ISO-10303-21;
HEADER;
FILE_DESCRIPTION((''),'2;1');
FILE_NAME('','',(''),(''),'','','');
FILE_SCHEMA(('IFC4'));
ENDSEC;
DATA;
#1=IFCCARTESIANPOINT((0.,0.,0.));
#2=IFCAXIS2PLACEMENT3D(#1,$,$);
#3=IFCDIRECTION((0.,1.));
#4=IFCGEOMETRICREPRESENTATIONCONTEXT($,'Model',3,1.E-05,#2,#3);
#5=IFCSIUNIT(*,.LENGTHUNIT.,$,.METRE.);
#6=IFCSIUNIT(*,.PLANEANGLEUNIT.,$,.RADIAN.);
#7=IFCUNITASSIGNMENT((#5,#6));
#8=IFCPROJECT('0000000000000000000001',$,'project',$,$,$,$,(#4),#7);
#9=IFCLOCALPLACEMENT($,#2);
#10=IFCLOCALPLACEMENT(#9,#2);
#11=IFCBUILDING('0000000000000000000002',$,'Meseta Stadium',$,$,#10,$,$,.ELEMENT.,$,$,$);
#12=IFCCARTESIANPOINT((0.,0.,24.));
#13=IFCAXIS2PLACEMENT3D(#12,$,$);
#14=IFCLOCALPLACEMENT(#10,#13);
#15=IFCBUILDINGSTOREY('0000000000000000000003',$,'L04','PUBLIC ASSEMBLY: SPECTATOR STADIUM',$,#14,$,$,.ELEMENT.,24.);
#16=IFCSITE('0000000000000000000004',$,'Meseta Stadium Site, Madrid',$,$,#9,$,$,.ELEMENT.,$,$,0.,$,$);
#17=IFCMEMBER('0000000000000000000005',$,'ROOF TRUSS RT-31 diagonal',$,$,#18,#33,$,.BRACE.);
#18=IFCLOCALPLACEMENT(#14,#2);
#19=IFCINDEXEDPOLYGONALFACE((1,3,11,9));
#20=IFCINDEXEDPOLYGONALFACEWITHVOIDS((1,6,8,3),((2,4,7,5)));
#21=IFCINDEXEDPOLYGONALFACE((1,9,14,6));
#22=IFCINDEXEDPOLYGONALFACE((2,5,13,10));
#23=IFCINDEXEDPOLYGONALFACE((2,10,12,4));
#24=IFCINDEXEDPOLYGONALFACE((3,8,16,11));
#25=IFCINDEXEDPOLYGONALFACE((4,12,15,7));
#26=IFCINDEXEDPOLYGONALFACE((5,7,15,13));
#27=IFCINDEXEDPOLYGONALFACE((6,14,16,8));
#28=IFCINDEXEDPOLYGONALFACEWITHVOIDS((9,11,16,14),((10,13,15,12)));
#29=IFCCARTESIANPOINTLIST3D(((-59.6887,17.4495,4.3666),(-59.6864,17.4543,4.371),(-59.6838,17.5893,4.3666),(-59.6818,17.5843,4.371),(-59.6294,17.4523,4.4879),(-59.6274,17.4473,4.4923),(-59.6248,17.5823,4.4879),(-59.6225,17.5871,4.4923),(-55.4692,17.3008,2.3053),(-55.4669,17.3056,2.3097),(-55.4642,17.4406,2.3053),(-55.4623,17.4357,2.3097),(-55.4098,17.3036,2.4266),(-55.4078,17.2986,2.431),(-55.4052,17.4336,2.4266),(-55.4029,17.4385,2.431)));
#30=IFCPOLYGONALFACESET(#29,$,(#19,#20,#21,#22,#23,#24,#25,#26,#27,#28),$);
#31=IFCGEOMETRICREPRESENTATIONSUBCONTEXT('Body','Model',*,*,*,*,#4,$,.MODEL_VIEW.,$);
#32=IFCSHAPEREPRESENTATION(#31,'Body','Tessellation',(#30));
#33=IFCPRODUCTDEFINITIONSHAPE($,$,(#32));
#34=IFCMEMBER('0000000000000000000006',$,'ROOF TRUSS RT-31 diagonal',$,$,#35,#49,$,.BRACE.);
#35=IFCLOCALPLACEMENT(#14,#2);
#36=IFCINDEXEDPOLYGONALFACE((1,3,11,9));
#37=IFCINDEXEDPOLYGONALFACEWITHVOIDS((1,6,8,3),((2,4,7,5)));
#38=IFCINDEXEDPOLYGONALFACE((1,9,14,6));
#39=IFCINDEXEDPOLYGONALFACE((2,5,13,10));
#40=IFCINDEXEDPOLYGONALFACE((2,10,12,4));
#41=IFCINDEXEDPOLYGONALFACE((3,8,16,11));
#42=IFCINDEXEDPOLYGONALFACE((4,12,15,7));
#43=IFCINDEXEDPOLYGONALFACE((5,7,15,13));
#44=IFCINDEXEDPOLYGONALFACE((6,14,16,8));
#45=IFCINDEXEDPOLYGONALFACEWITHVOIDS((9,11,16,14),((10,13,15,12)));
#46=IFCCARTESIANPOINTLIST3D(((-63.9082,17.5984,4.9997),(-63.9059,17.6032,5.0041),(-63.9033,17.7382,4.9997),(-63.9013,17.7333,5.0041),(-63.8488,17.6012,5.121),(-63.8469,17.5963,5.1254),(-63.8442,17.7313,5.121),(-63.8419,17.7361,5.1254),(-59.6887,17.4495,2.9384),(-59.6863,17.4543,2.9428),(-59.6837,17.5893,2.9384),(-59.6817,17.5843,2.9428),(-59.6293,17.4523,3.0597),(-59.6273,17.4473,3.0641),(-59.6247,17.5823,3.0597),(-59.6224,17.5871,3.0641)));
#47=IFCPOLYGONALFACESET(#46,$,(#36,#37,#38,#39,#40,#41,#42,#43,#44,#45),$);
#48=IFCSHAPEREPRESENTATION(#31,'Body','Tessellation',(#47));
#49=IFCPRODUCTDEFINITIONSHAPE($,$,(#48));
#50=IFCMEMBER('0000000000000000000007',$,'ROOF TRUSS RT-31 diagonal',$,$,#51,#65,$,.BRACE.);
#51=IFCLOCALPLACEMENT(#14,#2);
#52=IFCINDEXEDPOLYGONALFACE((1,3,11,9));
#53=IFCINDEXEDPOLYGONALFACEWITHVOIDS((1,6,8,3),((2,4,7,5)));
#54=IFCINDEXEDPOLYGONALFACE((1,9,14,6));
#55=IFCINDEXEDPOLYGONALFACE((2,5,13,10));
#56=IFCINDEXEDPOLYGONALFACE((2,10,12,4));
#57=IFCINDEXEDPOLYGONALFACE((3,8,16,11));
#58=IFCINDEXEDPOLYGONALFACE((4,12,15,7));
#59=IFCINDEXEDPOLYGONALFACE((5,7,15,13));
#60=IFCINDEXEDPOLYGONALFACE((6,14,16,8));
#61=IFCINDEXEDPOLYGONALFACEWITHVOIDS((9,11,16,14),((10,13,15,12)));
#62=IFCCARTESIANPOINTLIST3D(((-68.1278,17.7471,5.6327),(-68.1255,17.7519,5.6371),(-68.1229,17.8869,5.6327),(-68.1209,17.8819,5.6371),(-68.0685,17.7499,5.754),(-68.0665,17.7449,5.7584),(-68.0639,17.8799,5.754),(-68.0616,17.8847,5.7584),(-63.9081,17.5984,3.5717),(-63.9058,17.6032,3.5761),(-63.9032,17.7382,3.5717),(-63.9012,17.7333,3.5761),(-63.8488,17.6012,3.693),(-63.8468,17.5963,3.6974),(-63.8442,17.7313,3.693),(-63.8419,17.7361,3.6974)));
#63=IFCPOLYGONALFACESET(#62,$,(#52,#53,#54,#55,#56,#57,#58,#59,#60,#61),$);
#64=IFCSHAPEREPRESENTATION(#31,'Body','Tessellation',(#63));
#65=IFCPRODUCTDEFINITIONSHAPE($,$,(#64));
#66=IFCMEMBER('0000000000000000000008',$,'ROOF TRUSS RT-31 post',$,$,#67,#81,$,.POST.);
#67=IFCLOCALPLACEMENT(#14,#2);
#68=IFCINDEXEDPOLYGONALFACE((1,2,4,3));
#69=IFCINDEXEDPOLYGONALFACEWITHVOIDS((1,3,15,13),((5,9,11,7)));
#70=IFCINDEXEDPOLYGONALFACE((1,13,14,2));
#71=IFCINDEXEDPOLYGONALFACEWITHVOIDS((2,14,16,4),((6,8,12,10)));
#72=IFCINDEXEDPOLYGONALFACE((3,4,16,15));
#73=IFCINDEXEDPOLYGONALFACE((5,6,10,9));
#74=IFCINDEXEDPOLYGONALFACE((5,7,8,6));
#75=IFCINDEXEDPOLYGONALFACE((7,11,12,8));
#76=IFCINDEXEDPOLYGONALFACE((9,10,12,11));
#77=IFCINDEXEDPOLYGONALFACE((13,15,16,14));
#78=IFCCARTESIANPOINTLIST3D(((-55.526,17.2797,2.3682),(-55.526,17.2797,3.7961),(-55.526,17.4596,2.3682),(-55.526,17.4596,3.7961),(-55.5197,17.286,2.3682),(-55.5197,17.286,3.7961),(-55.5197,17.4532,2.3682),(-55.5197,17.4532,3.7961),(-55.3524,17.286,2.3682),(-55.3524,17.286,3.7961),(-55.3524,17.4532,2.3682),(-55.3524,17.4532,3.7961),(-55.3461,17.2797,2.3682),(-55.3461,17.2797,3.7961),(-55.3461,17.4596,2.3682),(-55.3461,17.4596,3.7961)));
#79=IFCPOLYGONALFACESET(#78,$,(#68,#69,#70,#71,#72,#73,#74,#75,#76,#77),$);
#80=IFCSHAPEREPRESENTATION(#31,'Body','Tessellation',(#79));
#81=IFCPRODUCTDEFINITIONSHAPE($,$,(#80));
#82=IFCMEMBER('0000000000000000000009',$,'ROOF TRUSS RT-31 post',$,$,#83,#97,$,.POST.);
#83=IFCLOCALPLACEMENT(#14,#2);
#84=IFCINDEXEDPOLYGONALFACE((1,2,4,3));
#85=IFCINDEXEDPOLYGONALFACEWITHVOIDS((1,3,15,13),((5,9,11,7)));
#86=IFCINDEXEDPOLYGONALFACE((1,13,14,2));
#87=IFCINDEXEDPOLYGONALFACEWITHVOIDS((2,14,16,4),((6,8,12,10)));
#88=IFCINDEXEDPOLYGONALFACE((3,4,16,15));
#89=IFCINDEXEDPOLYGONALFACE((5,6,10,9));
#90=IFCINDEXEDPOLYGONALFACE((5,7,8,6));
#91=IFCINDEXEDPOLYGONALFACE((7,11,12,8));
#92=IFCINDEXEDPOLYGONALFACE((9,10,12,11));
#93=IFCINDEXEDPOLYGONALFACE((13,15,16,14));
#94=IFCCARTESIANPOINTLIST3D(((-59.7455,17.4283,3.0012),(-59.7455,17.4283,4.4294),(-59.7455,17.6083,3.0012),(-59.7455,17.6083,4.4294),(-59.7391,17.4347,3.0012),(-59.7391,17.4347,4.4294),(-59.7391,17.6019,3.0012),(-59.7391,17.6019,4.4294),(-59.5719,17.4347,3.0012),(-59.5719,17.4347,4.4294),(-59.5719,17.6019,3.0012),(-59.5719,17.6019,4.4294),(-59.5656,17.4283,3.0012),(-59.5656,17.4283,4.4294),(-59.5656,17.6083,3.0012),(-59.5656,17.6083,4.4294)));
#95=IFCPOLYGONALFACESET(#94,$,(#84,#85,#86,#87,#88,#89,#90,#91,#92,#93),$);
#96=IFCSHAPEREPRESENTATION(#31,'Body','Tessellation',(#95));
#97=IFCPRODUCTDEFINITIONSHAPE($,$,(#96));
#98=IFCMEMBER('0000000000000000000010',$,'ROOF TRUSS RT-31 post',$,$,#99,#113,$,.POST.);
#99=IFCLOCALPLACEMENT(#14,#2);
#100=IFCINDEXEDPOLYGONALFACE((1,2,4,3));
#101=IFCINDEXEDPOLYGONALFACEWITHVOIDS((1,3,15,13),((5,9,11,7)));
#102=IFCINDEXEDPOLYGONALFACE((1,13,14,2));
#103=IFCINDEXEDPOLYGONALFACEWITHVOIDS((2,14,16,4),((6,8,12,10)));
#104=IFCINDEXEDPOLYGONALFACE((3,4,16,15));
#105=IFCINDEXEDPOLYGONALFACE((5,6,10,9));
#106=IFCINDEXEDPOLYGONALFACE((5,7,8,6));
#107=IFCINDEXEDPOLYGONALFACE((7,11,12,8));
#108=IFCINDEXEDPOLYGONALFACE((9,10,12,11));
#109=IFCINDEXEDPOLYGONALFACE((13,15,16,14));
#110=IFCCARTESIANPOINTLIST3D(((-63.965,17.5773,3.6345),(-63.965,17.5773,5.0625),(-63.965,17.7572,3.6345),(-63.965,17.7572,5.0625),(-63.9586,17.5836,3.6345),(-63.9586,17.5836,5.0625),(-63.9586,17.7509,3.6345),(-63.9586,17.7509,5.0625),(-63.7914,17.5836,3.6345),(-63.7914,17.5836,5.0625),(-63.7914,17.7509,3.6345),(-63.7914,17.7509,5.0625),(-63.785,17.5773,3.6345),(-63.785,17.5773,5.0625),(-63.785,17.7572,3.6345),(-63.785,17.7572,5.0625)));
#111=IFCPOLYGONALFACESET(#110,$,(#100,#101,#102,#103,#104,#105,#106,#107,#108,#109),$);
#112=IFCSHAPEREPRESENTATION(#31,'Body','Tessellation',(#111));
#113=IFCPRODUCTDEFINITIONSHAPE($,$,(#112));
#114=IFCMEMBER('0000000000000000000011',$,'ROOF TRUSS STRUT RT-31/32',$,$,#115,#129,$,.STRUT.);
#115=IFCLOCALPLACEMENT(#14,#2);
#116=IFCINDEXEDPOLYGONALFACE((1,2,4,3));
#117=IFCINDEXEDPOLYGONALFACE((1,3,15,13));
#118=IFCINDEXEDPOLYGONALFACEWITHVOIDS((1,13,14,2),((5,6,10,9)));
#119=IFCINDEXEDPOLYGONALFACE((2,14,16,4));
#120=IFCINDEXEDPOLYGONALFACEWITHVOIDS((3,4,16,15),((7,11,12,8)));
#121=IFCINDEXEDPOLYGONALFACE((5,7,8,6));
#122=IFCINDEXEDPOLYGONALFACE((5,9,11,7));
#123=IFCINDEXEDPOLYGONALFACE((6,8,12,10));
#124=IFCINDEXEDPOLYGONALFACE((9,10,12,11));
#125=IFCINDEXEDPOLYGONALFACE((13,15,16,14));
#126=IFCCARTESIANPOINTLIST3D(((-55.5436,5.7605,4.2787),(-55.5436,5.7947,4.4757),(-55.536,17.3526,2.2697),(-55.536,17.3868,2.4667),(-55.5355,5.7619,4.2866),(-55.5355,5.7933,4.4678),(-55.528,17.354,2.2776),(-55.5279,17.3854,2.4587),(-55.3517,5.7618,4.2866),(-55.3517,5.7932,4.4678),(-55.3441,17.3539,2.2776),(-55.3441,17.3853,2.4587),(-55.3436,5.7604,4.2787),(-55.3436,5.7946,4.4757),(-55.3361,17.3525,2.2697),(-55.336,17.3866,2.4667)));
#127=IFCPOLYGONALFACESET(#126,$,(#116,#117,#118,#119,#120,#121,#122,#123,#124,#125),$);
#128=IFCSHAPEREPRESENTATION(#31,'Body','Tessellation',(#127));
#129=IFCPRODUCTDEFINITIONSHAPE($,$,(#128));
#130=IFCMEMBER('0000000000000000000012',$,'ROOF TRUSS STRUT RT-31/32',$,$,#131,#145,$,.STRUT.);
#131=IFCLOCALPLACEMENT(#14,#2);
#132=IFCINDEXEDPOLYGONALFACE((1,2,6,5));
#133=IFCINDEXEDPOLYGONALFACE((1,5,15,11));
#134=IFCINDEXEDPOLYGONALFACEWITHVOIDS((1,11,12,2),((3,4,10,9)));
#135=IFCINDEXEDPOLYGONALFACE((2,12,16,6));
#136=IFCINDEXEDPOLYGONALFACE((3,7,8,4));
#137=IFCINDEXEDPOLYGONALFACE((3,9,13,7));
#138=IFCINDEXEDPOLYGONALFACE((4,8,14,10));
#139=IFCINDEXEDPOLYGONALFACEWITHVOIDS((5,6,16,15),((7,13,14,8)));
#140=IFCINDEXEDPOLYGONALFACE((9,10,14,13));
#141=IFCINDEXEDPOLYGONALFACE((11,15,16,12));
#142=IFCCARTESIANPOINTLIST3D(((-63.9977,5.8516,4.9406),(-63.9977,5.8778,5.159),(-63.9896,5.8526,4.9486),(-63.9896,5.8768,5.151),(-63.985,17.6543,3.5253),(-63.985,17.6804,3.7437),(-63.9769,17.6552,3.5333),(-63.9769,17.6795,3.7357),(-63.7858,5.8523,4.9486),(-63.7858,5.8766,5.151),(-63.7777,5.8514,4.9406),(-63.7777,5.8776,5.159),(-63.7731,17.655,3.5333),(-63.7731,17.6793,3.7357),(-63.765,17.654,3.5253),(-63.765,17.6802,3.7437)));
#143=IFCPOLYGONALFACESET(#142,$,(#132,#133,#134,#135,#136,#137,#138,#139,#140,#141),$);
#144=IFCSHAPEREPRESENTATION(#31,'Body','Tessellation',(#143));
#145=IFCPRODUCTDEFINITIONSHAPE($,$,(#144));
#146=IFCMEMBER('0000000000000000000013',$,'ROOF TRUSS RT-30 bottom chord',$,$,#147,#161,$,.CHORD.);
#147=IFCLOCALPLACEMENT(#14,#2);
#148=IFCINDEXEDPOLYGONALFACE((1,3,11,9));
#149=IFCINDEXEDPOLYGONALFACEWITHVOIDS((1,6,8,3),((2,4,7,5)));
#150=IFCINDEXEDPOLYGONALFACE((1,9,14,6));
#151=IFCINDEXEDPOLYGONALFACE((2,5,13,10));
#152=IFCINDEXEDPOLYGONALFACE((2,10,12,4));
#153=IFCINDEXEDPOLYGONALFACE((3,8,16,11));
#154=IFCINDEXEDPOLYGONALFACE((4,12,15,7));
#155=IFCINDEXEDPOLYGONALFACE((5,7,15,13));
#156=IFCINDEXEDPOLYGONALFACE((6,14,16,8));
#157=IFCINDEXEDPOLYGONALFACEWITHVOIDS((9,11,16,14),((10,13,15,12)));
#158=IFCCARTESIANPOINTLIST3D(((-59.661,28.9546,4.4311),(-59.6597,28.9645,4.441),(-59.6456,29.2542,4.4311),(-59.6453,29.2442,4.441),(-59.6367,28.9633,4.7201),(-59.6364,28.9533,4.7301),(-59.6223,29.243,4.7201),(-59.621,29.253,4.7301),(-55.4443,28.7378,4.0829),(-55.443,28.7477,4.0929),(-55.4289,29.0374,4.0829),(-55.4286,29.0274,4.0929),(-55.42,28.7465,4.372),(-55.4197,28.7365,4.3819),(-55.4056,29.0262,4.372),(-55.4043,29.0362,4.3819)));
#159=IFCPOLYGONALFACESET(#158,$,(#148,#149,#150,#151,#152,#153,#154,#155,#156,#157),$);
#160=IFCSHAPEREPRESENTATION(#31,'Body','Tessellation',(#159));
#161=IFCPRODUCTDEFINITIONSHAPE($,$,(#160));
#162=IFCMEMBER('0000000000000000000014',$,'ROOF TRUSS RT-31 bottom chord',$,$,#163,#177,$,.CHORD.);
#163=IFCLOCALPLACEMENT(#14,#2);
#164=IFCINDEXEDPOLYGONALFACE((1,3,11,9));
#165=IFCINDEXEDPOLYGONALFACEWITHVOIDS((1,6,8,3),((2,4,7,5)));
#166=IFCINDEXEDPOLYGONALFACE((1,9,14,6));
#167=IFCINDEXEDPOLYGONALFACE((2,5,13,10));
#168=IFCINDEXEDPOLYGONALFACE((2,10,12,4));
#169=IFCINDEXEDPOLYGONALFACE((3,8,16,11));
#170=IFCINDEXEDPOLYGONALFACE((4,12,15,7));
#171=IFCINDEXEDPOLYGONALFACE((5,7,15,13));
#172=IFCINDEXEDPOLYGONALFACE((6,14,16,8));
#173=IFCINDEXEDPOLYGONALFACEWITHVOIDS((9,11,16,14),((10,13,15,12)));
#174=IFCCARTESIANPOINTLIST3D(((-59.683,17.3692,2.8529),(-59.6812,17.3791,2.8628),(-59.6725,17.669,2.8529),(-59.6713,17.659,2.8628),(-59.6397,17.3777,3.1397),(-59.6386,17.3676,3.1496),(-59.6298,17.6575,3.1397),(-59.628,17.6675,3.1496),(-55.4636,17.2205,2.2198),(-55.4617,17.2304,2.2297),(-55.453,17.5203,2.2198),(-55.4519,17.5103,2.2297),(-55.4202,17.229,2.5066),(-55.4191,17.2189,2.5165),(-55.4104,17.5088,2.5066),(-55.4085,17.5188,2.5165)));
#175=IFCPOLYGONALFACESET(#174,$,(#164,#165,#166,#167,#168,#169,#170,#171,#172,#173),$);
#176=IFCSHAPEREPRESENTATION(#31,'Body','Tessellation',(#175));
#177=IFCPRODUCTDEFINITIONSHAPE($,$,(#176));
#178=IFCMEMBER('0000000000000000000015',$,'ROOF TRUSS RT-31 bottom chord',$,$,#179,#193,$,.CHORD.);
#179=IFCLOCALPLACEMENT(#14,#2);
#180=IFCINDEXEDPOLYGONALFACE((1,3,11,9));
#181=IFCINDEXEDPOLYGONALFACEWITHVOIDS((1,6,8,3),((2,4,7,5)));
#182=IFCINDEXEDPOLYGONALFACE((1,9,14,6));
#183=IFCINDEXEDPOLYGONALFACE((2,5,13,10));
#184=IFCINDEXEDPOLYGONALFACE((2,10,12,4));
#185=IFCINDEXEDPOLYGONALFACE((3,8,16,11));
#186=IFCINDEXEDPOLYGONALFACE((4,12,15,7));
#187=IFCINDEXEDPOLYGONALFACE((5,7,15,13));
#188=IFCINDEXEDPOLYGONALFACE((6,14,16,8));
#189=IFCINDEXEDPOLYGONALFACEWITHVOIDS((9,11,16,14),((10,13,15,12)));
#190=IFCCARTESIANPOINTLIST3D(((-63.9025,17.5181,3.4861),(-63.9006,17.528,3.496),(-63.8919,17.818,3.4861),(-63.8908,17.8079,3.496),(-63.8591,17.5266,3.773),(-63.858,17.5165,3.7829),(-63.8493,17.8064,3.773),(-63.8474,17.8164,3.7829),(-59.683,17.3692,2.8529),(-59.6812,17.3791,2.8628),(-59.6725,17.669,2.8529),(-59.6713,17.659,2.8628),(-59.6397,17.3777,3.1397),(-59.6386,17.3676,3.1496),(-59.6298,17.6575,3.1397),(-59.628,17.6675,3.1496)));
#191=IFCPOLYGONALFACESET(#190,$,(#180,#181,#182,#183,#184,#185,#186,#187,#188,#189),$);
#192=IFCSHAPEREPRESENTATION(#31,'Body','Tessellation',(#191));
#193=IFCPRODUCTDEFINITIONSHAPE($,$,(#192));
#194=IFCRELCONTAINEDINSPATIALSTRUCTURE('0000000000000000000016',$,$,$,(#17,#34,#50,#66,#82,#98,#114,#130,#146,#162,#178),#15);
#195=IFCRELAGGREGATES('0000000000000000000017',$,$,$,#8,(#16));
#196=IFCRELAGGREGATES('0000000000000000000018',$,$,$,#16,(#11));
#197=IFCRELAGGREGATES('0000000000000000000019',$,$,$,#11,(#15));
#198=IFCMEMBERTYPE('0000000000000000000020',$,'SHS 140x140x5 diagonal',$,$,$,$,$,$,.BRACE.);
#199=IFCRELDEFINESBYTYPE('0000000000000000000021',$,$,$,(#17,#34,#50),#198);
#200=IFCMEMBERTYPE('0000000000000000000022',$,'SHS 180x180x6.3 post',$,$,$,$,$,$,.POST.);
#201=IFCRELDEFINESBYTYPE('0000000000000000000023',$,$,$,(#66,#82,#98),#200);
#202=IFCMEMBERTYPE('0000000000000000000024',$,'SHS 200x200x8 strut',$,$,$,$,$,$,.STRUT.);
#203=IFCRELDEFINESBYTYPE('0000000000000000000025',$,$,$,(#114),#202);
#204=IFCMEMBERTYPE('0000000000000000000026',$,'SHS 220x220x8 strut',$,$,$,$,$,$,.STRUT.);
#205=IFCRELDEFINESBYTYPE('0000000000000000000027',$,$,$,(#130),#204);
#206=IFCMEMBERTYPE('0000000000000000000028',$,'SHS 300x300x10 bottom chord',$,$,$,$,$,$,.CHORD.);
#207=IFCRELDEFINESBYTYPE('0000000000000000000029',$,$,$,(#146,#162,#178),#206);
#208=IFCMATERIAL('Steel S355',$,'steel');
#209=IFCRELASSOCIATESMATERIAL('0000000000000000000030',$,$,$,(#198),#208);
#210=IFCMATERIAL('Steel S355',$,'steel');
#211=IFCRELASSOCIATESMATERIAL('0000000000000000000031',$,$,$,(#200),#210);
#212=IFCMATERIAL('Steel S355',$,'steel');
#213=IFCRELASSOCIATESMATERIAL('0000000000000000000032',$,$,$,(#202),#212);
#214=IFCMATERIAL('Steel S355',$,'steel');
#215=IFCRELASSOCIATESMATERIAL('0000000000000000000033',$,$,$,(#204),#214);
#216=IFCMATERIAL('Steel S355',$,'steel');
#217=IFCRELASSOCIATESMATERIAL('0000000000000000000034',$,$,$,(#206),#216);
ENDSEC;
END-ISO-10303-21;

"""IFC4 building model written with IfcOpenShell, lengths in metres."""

from ifc_helpers import new_model, si_unit, direction, frame, origin, origin_2d, place, context, subcontext, project, spatial, hollow_rectangle, extrude, material, material_profile, profile_set, type_object, element, save


model = new_model("IFC4")

# Units and contexts
model_context = context("Model", 3, precision=1e-05, world=origin(), true_north=direction((0.0, 1.0)))
body_context = subcontext(model_context, "Body", "Model", "MODEL_VIEW")
ifc_project = project(units=[si_unit("LENGTHUNIT", "METRE"), si_unit("PLANEANGLEUNIT", "RADIAN")], contexts=[model_context])

# Site, building, storey
site_placement = place(None, origin())
site = spatial("IfcSite", under=ifc_project, at=site_placement, Name="Meseta Stadium Site, Madrid", CompositionType="ELEMENT", RefElevation=0.0)
building_placement = place(site_placement, origin())
building = spatial("IfcBuilding", under=site, at=building_placement, Name="Meseta Stadium", CompositionType="ELEMENT")
storey_placement = place(building_placement, frame((0.0, 0.0, 24.0)))
storey = spatial("IfcBuildingStorey", under=building, at=storey_placement, Name="L04", Description="PUBLIC ASSEMBLY: SPECTATOR STADIUM", CompositionType="ELEMENT", Elevation=24.0)

# Members
ifc_material_1 = material(Name="Steel S355", Category="steel")
ifc_material_profile_1 = material_profile(ifc_material_1, hollow_rectangle(XDim=0.1399, YDim=0.1399, WallThickness=0.0049, at=origin_2d()), Name="SHS 140x140x5")
ifc_profile_set_1 = profile_set([ifc_material_profile_1], Name="Steel S355")
member_type_1 = type_object("IfcMemberType", Name="SHS 140x140x5 diagonal", PredefinedType="BRACE", material=ifc_profile_set_1)
for number, where, z_axis, x_axis, name in (
    (1, (-55.436, 17.3696, 2.3682), (-0.898067, 0.031645, 0.438719), (-0.035215, -0.99938, 0.0), "ROOF TRUSS RT-31 diagonal"),
    (2, (-59.6555, 17.5183, 3.0012), (-0.898065, 0.031697, 0.438718), (-0.035273, -0.999378, 0.0), "ROOF TRUSS RT-31 diagonal"),
    (3, (-63.875, 17.6672, 3.6345), (-0.898097, 0.031644, 0.438657), (-0.035213, -0.99938, 0.0), "ROOF TRUSS RT-31 diagonal"),
):
    element("IfcMember", number, at=place(storey_placement, frame(where, z_axis=z_axis, x_axis=x_axis)), inside=storey, type_object=member_type_1, Name=name, PredefinedType="BRACE", context=body_context, shape_type="SweptSolid", body=[
        extrude(hollow_rectangle(XDim=0.1399, YDim=0.1399, WallThickness=0.0049, at=origin_2d()), origin(), (0.0, 0.0, 1.0), 4.6985),
    ])
ifc_material_2 = material(Name="Steel S355", Category="steel")
ifc_material_profile_2 = material_profile(ifc_material_2, hollow_rectangle(XDim=0.1799, YDim=0.1799, WallThickness=0.0063, at=origin_2d()), Name="SHS 180x180x6.3")
ifc_profile_set_2 = profile_set([ifc_material_profile_2], Name="Steel S355")
member_type_2 = type_object("IfcMemberType", Name="SHS 180x180x6.3 post", PredefinedType="POST", material=ifc_profile_set_2)
member_1_placement = place(storey_placement, frame((-55.436, 17.3696, 2.3682), z_axis=(0.0, 0.0, 1.0), x_axis=(1.0, 0.0, 0.0)))
element("IfcMember", 4, at=member_1_placement, inside=storey, type_object=member_type_2, Name="ROOF TRUSS RT-31 post", PredefinedType="POST", context=body_context, shape_type="SweptSolid", body=[
    extrude(hollow_rectangle(XDim=0.1799, YDim=0.1799, WallThickness=0.0063, at=origin_2d()), origin(), (0.0, 0.0, 1.0), 1.428),
])
member_2_placement = place(storey_placement, frame((-59.6555, 17.5183, 3.0012), z_axis=(0.0, 0.0, 1.0), x_axis=(1.0, 0.0, 0.0)))
element("IfcMember", 5, at=member_2_placement, inside=storey, type_object=member_type_2, Name="ROOF TRUSS RT-31 post", PredefinedType="POST", context=body_context, shape_type="SweptSolid", body=[
    extrude(hollow_rectangle(XDim=0.1799, YDim=0.1799, WallThickness=0.0063, at=origin_2d()), origin(), (0.0, 0.0, 1.0), 1.4282),
])
member_3_placement = place(storey_placement, frame((-63.875, 17.6672, 3.6345), z_axis=(0.0, 0.0, 1.0), x_axis=(1.0, 0.0, 0.0)))
element("IfcMember", 6, at=member_3_placement, inside=storey, type_object=member_type_2, Name="ROOF TRUSS RT-31 post", PredefinedType="POST", context=body_context, shape_type="SweptSolid", body=[
    extrude(hollow_rectangle(XDim=0.1799, YDim=0.1799, WallThickness=0.0063, at=origin_2d()), origin(), (0.0, 0.0, 1.0), 1.428),
])
ifc_material_3 = material(Name="Steel S355", Category="steel")
ifc_material_profile_3 = material_profile(ifc_material_3, hollow_rectangle(XDim=0.2, YDim=0.2, WallThickness=0.0081, at=origin_2d()), Name="SHS 200x200x8")
ifc_profile_set_3 = profile_set([ifc_material_profile_3], Name="Steel S355")
member_type_3 = type_object("IfcMemberType", Name="SHS 200x200x8 strut", PredefinedType="STRUT", material=ifc_profile_set_3)
member_4_placement = place(storey_placement, frame((-55.436, 17.3696, 2.3682), z_axis=(-0.000643, -0.985311, 0.170766), x_axis=(1.0, -0.000653, 0.0)))
element("IfcMember", 7, at=member_4_placement, inside=storey, type_object=member_type_3, Name="ROOF TRUSS STRUT RT-31/32", PredefinedType="STRUT", context=body_context, shape_type="SweptSolid", body=[
    extrude(hollow_rectangle(XDim=0.2, YDim=0.2, WallThickness=0.0081, at=origin_2d()), origin(), (0.0, 0.0, 1.0), 11.7649),
])
ifc_material_4 = material(Name="Steel S355", Category="steel")
ifc_material_profile_4 = material_profile(ifc_material_4, hollow_rectangle(XDim=0.22, YDim=0.22, WallThickness=0.0081, at=origin_2d()), Name="SHS 220x220x8")
ifc_profile_set_4 = profile_set([ifc_material_profile_4], Name="Steel S355")
member_type_4 = type_object("IfcMemberType", Name="SHS 220x220x8 strut", PredefinedType="STRUT", material=ifc_profile_set_4)
member_5_placement = place(storey_placement, frame((-63.875, 17.6672, 3.6345), z_axis=(-0.001068, -0.992887, 0.119058), x_axis=(0.999999, -0.001076, 0.0)))
element("IfcMember", 8, at=member_5_placement, inside=storey, type_object=member_type_4, Name="ROOF TRUSS STRUT RT-31/32", PredefinedType="STRUT", context=body_context, shape_type="SweptSolid", body=[
    extrude(hollow_rectangle(XDim=0.22, YDim=0.22, WallThickness=0.0081, at=origin_2d()), origin(), (0.0, 0.0, 1.0), 11.8872),
])
ifc_material_5 = material(Name="Steel S355", Category="steel")
ifc_material_profile_5 = material_profile(ifc_material_5, hollow_rectangle(XDim=0.3, YDim=0.3, WallThickness=0.01, at=origin_2d()), Name="SHS 300x300x10")
ifc_profile_set_5 = profile_set([ifc_material_profile_5], Name="Steel S355")
member_type_5 = type_object("IfcMemberType", Name="SHS 300x300x10 bottom chord", PredefinedType="CHORD", material=ifc_profile_set_5)
member_6_placement = place(storey_placement, frame((-55.4243, 28.887, 4.2324), z_axis=(-0.995303, 0.051174, 0.082178), x_axis=(-0.051348, -0.998681, 0.0)))
element("IfcMember", 9, at=member_6_placement, inside=storey, type_object=member_type_5, Name="ROOF TRUSS RT-30 bottom chord", PredefinedType="CHORD", context=body_context, shape_type="SweptSolid", body=[
    extrude(hollow_rectangle(XDim=0.3, YDim=0.3, WallThickness=0.01, at=origin_2d()), origin(), (0.0, 0.0, 1.0), 4.2366),
])
for number, where, z_axis, x_axis, name in (
    (10, (-55.436, 17.3696, 2.3682), (-0.988332, 0.034826, 0.148281), (-0.035215, -0.99938, 0.0), "ROOF TRUSS RT-31 bottom chord"),
    (11, (-59.6555, 17.5183, 3.0012), (-0.988321, 0.034883, 0.148337), (-0.035273, -0.999378, 0.0), "ROOF TRUSS RT-31 bottom chord"),
):
    element("IfcMember", number, at=place(storey_placement, frame(where, z_axis=z_axis, x_axis=x_axis)), inside=storey, type_object=member_type_5, Name=name, PredefinedType="CHORD", context=body_context, shape_type="SweptSolid", body=[
        extrude(hollow_rectangle(XDim=0.3, YDim=0.3, WallThickness=0.01, at=origin_2d()), origin(), (0.0, 0.0, 1.0), 4.2693),
    ])

save(model, "model.ifc")
